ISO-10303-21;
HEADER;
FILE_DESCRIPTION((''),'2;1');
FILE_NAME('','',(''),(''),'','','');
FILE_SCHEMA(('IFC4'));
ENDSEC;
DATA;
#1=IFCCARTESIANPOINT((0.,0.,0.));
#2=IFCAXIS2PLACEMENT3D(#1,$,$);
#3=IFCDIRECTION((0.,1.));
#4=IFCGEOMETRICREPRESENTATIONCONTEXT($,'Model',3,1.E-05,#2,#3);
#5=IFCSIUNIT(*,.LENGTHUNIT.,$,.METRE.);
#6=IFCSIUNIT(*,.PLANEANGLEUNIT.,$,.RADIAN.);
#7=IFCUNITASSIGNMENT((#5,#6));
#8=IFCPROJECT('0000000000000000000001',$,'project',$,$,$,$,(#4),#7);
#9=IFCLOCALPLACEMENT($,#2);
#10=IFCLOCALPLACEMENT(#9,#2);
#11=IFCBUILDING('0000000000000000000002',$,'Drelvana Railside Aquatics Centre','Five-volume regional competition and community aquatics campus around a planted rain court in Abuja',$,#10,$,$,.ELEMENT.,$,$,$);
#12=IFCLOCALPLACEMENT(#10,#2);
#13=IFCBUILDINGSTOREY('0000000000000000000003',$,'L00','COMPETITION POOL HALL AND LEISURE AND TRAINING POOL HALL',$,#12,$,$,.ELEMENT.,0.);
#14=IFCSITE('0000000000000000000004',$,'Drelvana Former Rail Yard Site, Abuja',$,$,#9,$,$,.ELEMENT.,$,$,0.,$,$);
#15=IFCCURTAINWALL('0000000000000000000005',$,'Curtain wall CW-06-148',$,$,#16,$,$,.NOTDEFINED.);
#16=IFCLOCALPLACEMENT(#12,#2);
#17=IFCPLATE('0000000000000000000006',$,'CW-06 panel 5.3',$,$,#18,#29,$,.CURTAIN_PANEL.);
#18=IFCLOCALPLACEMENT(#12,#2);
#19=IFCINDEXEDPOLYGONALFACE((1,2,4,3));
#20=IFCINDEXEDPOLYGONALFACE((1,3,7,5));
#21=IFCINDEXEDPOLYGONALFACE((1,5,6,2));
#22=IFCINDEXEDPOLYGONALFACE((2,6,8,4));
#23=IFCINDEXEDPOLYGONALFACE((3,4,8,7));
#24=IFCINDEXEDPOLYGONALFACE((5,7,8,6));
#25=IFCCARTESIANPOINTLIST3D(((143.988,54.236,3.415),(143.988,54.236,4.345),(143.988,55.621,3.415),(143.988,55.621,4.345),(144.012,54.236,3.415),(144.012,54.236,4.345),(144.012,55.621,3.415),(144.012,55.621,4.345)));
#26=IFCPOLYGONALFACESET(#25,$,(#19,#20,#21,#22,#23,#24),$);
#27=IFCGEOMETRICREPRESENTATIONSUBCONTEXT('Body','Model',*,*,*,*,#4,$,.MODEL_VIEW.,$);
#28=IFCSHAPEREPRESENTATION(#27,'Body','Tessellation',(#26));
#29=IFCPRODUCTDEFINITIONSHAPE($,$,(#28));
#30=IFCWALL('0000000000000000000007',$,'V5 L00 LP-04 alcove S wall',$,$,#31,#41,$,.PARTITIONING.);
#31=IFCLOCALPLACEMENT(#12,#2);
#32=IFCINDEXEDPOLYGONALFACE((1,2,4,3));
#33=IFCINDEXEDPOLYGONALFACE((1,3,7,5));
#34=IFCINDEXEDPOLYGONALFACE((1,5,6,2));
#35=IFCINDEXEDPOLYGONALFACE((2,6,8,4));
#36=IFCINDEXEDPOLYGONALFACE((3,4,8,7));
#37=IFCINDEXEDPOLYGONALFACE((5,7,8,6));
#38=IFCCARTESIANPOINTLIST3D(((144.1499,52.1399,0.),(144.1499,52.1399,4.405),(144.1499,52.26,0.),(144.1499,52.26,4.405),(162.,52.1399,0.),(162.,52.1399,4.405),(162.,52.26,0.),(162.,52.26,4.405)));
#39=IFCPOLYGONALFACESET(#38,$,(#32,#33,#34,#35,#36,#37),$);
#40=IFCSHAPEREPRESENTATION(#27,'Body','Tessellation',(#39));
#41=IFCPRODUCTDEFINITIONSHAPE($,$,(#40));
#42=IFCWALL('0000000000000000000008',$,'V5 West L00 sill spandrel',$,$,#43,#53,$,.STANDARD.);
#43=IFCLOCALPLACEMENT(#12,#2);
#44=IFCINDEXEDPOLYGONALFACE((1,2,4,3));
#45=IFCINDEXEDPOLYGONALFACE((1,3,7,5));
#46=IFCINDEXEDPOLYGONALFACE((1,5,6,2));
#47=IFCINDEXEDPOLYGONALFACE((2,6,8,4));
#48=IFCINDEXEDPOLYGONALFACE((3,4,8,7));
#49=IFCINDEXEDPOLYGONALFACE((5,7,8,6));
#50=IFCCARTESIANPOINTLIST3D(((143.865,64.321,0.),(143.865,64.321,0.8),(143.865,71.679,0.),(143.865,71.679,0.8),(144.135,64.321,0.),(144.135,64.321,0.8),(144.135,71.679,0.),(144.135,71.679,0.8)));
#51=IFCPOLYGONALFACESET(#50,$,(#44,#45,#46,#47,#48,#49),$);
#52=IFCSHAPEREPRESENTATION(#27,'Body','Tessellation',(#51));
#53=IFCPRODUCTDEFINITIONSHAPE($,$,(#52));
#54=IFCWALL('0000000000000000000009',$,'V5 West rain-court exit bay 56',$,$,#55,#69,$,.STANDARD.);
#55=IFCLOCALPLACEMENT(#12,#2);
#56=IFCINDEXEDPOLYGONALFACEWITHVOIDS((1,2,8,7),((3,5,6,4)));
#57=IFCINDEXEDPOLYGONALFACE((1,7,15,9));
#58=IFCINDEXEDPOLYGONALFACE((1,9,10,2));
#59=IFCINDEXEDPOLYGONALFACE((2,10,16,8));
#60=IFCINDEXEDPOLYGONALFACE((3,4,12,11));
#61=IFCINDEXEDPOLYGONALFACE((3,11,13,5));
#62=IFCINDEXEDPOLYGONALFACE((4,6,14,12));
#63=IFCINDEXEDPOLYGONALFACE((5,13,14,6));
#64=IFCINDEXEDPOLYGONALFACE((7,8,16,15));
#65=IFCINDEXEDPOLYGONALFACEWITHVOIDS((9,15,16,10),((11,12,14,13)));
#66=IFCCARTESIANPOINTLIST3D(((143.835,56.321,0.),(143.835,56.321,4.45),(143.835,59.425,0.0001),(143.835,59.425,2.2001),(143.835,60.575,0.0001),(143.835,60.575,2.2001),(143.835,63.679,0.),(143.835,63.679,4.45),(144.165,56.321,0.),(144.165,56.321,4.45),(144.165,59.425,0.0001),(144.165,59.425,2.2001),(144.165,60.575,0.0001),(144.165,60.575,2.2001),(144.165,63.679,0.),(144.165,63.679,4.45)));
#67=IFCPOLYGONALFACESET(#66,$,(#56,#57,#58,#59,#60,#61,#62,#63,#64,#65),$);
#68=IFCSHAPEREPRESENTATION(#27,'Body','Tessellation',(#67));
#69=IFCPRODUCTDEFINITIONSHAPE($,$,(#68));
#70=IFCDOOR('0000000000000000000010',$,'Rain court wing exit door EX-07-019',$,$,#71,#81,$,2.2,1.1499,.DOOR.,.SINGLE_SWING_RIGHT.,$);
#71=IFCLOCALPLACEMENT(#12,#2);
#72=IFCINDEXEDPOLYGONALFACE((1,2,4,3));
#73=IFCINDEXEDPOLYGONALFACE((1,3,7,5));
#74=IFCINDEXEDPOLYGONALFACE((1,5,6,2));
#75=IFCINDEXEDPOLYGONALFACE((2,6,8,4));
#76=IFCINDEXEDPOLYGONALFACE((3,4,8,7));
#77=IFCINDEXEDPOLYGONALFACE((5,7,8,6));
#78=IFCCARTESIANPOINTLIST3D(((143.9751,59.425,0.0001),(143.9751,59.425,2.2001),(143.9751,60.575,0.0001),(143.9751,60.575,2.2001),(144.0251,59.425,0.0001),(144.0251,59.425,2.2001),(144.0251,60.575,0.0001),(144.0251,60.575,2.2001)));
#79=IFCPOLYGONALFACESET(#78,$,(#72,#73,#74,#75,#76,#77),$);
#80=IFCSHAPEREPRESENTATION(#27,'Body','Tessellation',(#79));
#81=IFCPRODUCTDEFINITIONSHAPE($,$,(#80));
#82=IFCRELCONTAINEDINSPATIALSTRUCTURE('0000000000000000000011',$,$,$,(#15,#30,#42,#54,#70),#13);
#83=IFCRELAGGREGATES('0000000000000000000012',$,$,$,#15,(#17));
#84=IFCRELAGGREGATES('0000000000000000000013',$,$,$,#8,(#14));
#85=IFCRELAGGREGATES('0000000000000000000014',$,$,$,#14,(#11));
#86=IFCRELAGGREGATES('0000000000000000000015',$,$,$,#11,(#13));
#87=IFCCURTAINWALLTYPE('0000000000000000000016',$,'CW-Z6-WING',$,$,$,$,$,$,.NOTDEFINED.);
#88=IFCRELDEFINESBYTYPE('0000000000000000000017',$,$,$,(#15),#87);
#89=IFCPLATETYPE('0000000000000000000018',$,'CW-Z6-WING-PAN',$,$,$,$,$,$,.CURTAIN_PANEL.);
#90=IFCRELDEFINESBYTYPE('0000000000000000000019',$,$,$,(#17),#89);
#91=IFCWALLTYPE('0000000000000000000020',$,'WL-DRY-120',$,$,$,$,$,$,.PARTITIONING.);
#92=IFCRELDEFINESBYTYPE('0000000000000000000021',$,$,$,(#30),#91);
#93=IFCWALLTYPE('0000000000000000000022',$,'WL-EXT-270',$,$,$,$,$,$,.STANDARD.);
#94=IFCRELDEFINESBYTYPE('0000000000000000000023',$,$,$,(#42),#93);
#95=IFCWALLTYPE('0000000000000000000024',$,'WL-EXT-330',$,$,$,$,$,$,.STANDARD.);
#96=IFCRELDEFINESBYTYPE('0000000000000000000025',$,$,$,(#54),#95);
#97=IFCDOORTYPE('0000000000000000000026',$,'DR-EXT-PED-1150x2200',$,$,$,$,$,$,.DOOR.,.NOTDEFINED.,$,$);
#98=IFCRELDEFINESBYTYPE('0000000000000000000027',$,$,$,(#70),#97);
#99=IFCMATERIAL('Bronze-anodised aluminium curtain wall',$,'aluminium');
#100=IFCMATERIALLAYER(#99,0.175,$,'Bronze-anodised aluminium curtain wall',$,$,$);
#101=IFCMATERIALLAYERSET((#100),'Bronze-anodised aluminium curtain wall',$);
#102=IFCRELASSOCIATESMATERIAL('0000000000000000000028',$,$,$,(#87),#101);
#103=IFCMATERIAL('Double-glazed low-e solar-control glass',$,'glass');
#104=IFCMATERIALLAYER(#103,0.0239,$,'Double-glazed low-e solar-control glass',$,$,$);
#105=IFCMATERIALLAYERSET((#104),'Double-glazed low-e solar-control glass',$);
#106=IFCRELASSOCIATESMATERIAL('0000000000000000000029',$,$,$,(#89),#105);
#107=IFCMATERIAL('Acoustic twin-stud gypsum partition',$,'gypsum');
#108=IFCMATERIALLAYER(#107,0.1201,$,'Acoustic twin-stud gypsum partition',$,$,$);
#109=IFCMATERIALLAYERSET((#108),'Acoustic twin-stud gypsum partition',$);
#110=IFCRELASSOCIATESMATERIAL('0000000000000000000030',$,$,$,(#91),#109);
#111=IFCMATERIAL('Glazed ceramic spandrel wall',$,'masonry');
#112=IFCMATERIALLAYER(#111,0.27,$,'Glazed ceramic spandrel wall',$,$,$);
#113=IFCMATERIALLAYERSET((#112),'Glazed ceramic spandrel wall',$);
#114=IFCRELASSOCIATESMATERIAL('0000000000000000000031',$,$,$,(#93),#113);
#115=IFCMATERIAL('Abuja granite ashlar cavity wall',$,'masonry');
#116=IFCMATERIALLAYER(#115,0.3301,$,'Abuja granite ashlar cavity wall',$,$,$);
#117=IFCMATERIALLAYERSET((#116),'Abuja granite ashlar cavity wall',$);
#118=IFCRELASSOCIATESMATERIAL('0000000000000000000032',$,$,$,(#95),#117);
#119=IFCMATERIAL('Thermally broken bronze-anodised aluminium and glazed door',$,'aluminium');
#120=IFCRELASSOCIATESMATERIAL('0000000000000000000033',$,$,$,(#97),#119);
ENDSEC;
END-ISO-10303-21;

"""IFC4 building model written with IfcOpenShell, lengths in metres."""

from ifc_helpers import new_model, si_unit, direction, frame, frame_2d, origin, origin_2d, place, context, subcontext, project, spatial, rectangle, extrude, material, layer, layer_set, type_object, element, fill, aggregate, save


model = new_model("IFC4")

# Units and contexts
model_context = context("Model", 3, precision=1e-05, world=origin(), true_north=direction((0.0, 1.0)))
body_context = subcontext(model_context, "Body", "Model", "MODEL_VIEW")
ifc_project = project(units=[si_unit("LENGTHUNIT", "METRE"), si_unit("PLANEANGLEUNIT", "RADIAN")], contexts=[model_context])

# Site, building, storey
site_placement = place(None, origin())
site = spatial("IfcSite", under=ifc_project, at=site_placement, Name="Drelvana Former Rail Yard Site, Abuja", CompositionType="ELEMENT", RefElevation=0.0)
building_placement = place(site_placement, origin())
building = spatial("IfcBuilding", under=site, at=building_placement, Name="Drelvana Railside Aquatics Centre", Description="Five-volume regional competition and community aquatics campus around a planted rain court in Abuja", CompositionType="ELEMENT")
storey_placement = place(building_placement, origin())
storey = spatial("IfcBuildingStorey", under=building, at=storey_placement, Name="L00", Description="COMPETITION POOL HALL AND LEISURE AND TRAINING POOL HALL", CompositionType="ELEMENT", Elevation=0.0)

# Curtain wall
ifc_material_1 = material(Name="Bronze-anodised aluminium curtain wall", Category="aluminium")
ifc_layer_1 = layer(ifc_material_1, 0.175, Name="Bronze-anodised aluminium curtain wall")
ifc_layer_set_1 = layer_set([ifc_layer_1], Name="Bronze-anodised aluminium curtain wall")
curtain_wall_type = type_object("IfcCurtainWallType", Name="CW-Z6-WING", PredefinedType="NOTDEFINED", material=ifc_layer_set_1)
curtain_wall_1_placement = place(storey_placement, origin())
curtain_wall_1 = element("IfcCurtainWall", 1, at=curtain_wall_1_placement, inside=storey, type_object=curtain_wall_type, Name="Curtain wall CW-06-148", PredefinedType="NOTDEFINED")

# Plate
ifc_material_2 = material(Name="Double-glazed low-e solar-control glass", Category="glass")
ifc_layer_2 = layer(ifc_material_2, 0.0239, Name="Double-glazed low-e solar-control glass")
ifc_layer_set_2 = layer_set([ifc_layer_2], Name="Double-glazed low-e solar-control glass")
plate_type = type_object("IfcPlateType", Name="CW-Z6-WING-PAN", PredefinedType="CURTAIN_PANEL", material=ifc_layer_set_2)
plate_1_placement = place(storey_placement, frame((144.0, 54.9285, 3.415), z_axis=(0.0, 0.0, 1.0), x_axis=(0.0, 1.0, 0.0)))
plate_1 = element("IfcPlate", 2, at=plate_1_placement, type_object=plate_type, Name="CW-06 panel 5.3", PredefinedType="CURTAIN_PANEL", context=body_context, shape_type="SweptSolid", body=[
    extrude(rectangle(XDim=1.385, YDim=0.0239, at=origin_2d()), origin(), (0.0, 0.0, 1.0), 0.9299),
])
aggregate(curtain_wall_1, [plate_1])

# Walls
ifc_material_3 = material(Name="Acoustic twin-stud gypsum partition", Category="gypsum")
ifc_layer_3 = layer(ifc_material_3, 0.1201, Name="Acoustic twin-stud gypsum partition")
ifc_layer_set_3 = layer_set([ifc_layer_3], Name="Acoustic twin-stud gypsum partition")
wall_type_1 = type_object("IfcWallType", Name="WL-DRY-120", PredefinedType="PARTITIONING", material=ifc_layer_set_3)
wall_1_placement = place(storey_placement, frame((144.1499, 52.2, 0.0), z_axis=(0.0, 0.0, 1.0), x_axis=(1.0, 0.0, 0.0)))
element("IfcWall", 3, at=wall_1_placement, inside=storey, type_object=wall_type_1, Name="V5 L00 LP-04 alcove S wall", PredefinedType="PARTITIONING", context=body_context, shape_type="SweptSolid", body=[
    extrude(rectangle(XDim=17.8501, YDim=0.1201, at=frame_2d((8.925, 0.0))), origin(), (0.0, 0.0, 1.0), 4.405),
])
ifc_material_4 = material(Name="Glazed ceramic spandrel wall", Category="masonry")
ifc_layer_4 = layer(ifc_material_4, 0.27, Name="Glazed ceramic spandrel wall")
ifc_layer_set_4 = layer_set([ifc_layer_4], Name="Glazed ceramic spandrel wall")
wall_type_2 = type_object("IfcWallType", Name="WL-EXT-270", PredefinedType="STANDARD", material=ifc_layer_set_4)
wall_2_placement = place(storey_placement, frame((144.0, 64.321, 0.0), z_axis=(0.0, 0.0, 1.0), x_axis=(0.0, 1.0, 0.0)))
element("IfcWall", 4, at=wall_2_placement, inside=storey, type_object=wall_type_2, Name="V5 West L00 sill spandrel", PredefinedType="STANDARD", context=body_context, shape_type="SweptSolid", body=[
    extrude(rectangle(XDim=7.3579, YDim=0.27, at=frame_2d((3.679, 0.0))), origin(), (0.0, 0.0, 1.0), 0.8),
])

# Wall, opening, door
ifc_material_5 = material(Name="Abuja granite ashlar cavity wall", Category="masonry")
ifc_layer_5 = layer(ifc_material_5, 0.3301, Name="Abuja granite ashlar cavity wall")
ifc_layer_set_5 = layer_set([ifc_layer_5], Name="Abuja granite ashlar cavity wall")
wall_type_3 = type_object("IfcWallType", Name="WL-EXT-330", PredefinedType="STANDARD", material=ifc_layer_set_5)
wall_3_placement = place(storey_placement, frame((144.0, 56.321, 0.0), z_axis=(0.0, 0.0, 1.0), x_axis=(0.0, 1.0, 0.0)))
wall_3 = element("IfcWall", 5, at=wall_3_placement, inside=storey, type_object=wall_type_3, Name="V5 West rain-court exit bay 56", PredefinedType="STANDARD", context=body_context, shape_type="SweptSolid", body=[
    extrude(rectangle(XDim=7.3579, YDim=0.3301, at=frame_2d((3.679, 0.0))), origin(), (0.0, 0.0, 1.0), 4.45),
])
opening_placement = place(wall_3_placement, frame((3.104, 0.0, 0.0)))
opening = element("IfcOpeningElement", 6, at=opening_placement, cuts=wall_3, PredefinedType="OPENING", context=body_context, shape_type="SweptSolid", body=[
    extrude(rectangle(XDim=1.1499, YDim=2.2, at=frame_2d((0.575, 1.1001))), frame((0.0, 0.175, 0.0), z_axis=(0.0, -1.0, 0.0), x_axis=(1.0, 0.0, 0.0)), (0.0, 0.0, 1.0), 0.3501),
])
ifc_material_6 = material(Name="Thermally broken bronze-anodised aluminium and glazed door", Category="aluminium")
door_type = type_object("IfcDoorType", Name="DR-EXT-PED-1150x2200", OperationType="NOTDEFINED", PredefinedType="DOOR", material=ifc_material_6)
door_placement = place(opening_placement, origin())
door = element("IfcDoor", 7, at=door_placement, inside=storey, type_object=door_type, Name="Rain court wing exit door EX-07-019", OperationType="SINGLE_SWING_RIGHT", OverallHeight=2.2, OverallWidth=1.1499, PredefinedType="DOOR", context=body_context, shape_type="SweptSolid", body=[
    extrude(rectangle(XDim=1.1499, YDim=2.2, at=frame_2d((0.575, 1.1001))), frame((0.0, 0.0249, 0.0), z_axis=(0.0, -1.0, 0.0), x_axis=(1.0, 0.0, 0.0)), (0.0, 0.0, 1.0), 0.05),
])
fill(opening, door)

save(model, "model.ifc")
